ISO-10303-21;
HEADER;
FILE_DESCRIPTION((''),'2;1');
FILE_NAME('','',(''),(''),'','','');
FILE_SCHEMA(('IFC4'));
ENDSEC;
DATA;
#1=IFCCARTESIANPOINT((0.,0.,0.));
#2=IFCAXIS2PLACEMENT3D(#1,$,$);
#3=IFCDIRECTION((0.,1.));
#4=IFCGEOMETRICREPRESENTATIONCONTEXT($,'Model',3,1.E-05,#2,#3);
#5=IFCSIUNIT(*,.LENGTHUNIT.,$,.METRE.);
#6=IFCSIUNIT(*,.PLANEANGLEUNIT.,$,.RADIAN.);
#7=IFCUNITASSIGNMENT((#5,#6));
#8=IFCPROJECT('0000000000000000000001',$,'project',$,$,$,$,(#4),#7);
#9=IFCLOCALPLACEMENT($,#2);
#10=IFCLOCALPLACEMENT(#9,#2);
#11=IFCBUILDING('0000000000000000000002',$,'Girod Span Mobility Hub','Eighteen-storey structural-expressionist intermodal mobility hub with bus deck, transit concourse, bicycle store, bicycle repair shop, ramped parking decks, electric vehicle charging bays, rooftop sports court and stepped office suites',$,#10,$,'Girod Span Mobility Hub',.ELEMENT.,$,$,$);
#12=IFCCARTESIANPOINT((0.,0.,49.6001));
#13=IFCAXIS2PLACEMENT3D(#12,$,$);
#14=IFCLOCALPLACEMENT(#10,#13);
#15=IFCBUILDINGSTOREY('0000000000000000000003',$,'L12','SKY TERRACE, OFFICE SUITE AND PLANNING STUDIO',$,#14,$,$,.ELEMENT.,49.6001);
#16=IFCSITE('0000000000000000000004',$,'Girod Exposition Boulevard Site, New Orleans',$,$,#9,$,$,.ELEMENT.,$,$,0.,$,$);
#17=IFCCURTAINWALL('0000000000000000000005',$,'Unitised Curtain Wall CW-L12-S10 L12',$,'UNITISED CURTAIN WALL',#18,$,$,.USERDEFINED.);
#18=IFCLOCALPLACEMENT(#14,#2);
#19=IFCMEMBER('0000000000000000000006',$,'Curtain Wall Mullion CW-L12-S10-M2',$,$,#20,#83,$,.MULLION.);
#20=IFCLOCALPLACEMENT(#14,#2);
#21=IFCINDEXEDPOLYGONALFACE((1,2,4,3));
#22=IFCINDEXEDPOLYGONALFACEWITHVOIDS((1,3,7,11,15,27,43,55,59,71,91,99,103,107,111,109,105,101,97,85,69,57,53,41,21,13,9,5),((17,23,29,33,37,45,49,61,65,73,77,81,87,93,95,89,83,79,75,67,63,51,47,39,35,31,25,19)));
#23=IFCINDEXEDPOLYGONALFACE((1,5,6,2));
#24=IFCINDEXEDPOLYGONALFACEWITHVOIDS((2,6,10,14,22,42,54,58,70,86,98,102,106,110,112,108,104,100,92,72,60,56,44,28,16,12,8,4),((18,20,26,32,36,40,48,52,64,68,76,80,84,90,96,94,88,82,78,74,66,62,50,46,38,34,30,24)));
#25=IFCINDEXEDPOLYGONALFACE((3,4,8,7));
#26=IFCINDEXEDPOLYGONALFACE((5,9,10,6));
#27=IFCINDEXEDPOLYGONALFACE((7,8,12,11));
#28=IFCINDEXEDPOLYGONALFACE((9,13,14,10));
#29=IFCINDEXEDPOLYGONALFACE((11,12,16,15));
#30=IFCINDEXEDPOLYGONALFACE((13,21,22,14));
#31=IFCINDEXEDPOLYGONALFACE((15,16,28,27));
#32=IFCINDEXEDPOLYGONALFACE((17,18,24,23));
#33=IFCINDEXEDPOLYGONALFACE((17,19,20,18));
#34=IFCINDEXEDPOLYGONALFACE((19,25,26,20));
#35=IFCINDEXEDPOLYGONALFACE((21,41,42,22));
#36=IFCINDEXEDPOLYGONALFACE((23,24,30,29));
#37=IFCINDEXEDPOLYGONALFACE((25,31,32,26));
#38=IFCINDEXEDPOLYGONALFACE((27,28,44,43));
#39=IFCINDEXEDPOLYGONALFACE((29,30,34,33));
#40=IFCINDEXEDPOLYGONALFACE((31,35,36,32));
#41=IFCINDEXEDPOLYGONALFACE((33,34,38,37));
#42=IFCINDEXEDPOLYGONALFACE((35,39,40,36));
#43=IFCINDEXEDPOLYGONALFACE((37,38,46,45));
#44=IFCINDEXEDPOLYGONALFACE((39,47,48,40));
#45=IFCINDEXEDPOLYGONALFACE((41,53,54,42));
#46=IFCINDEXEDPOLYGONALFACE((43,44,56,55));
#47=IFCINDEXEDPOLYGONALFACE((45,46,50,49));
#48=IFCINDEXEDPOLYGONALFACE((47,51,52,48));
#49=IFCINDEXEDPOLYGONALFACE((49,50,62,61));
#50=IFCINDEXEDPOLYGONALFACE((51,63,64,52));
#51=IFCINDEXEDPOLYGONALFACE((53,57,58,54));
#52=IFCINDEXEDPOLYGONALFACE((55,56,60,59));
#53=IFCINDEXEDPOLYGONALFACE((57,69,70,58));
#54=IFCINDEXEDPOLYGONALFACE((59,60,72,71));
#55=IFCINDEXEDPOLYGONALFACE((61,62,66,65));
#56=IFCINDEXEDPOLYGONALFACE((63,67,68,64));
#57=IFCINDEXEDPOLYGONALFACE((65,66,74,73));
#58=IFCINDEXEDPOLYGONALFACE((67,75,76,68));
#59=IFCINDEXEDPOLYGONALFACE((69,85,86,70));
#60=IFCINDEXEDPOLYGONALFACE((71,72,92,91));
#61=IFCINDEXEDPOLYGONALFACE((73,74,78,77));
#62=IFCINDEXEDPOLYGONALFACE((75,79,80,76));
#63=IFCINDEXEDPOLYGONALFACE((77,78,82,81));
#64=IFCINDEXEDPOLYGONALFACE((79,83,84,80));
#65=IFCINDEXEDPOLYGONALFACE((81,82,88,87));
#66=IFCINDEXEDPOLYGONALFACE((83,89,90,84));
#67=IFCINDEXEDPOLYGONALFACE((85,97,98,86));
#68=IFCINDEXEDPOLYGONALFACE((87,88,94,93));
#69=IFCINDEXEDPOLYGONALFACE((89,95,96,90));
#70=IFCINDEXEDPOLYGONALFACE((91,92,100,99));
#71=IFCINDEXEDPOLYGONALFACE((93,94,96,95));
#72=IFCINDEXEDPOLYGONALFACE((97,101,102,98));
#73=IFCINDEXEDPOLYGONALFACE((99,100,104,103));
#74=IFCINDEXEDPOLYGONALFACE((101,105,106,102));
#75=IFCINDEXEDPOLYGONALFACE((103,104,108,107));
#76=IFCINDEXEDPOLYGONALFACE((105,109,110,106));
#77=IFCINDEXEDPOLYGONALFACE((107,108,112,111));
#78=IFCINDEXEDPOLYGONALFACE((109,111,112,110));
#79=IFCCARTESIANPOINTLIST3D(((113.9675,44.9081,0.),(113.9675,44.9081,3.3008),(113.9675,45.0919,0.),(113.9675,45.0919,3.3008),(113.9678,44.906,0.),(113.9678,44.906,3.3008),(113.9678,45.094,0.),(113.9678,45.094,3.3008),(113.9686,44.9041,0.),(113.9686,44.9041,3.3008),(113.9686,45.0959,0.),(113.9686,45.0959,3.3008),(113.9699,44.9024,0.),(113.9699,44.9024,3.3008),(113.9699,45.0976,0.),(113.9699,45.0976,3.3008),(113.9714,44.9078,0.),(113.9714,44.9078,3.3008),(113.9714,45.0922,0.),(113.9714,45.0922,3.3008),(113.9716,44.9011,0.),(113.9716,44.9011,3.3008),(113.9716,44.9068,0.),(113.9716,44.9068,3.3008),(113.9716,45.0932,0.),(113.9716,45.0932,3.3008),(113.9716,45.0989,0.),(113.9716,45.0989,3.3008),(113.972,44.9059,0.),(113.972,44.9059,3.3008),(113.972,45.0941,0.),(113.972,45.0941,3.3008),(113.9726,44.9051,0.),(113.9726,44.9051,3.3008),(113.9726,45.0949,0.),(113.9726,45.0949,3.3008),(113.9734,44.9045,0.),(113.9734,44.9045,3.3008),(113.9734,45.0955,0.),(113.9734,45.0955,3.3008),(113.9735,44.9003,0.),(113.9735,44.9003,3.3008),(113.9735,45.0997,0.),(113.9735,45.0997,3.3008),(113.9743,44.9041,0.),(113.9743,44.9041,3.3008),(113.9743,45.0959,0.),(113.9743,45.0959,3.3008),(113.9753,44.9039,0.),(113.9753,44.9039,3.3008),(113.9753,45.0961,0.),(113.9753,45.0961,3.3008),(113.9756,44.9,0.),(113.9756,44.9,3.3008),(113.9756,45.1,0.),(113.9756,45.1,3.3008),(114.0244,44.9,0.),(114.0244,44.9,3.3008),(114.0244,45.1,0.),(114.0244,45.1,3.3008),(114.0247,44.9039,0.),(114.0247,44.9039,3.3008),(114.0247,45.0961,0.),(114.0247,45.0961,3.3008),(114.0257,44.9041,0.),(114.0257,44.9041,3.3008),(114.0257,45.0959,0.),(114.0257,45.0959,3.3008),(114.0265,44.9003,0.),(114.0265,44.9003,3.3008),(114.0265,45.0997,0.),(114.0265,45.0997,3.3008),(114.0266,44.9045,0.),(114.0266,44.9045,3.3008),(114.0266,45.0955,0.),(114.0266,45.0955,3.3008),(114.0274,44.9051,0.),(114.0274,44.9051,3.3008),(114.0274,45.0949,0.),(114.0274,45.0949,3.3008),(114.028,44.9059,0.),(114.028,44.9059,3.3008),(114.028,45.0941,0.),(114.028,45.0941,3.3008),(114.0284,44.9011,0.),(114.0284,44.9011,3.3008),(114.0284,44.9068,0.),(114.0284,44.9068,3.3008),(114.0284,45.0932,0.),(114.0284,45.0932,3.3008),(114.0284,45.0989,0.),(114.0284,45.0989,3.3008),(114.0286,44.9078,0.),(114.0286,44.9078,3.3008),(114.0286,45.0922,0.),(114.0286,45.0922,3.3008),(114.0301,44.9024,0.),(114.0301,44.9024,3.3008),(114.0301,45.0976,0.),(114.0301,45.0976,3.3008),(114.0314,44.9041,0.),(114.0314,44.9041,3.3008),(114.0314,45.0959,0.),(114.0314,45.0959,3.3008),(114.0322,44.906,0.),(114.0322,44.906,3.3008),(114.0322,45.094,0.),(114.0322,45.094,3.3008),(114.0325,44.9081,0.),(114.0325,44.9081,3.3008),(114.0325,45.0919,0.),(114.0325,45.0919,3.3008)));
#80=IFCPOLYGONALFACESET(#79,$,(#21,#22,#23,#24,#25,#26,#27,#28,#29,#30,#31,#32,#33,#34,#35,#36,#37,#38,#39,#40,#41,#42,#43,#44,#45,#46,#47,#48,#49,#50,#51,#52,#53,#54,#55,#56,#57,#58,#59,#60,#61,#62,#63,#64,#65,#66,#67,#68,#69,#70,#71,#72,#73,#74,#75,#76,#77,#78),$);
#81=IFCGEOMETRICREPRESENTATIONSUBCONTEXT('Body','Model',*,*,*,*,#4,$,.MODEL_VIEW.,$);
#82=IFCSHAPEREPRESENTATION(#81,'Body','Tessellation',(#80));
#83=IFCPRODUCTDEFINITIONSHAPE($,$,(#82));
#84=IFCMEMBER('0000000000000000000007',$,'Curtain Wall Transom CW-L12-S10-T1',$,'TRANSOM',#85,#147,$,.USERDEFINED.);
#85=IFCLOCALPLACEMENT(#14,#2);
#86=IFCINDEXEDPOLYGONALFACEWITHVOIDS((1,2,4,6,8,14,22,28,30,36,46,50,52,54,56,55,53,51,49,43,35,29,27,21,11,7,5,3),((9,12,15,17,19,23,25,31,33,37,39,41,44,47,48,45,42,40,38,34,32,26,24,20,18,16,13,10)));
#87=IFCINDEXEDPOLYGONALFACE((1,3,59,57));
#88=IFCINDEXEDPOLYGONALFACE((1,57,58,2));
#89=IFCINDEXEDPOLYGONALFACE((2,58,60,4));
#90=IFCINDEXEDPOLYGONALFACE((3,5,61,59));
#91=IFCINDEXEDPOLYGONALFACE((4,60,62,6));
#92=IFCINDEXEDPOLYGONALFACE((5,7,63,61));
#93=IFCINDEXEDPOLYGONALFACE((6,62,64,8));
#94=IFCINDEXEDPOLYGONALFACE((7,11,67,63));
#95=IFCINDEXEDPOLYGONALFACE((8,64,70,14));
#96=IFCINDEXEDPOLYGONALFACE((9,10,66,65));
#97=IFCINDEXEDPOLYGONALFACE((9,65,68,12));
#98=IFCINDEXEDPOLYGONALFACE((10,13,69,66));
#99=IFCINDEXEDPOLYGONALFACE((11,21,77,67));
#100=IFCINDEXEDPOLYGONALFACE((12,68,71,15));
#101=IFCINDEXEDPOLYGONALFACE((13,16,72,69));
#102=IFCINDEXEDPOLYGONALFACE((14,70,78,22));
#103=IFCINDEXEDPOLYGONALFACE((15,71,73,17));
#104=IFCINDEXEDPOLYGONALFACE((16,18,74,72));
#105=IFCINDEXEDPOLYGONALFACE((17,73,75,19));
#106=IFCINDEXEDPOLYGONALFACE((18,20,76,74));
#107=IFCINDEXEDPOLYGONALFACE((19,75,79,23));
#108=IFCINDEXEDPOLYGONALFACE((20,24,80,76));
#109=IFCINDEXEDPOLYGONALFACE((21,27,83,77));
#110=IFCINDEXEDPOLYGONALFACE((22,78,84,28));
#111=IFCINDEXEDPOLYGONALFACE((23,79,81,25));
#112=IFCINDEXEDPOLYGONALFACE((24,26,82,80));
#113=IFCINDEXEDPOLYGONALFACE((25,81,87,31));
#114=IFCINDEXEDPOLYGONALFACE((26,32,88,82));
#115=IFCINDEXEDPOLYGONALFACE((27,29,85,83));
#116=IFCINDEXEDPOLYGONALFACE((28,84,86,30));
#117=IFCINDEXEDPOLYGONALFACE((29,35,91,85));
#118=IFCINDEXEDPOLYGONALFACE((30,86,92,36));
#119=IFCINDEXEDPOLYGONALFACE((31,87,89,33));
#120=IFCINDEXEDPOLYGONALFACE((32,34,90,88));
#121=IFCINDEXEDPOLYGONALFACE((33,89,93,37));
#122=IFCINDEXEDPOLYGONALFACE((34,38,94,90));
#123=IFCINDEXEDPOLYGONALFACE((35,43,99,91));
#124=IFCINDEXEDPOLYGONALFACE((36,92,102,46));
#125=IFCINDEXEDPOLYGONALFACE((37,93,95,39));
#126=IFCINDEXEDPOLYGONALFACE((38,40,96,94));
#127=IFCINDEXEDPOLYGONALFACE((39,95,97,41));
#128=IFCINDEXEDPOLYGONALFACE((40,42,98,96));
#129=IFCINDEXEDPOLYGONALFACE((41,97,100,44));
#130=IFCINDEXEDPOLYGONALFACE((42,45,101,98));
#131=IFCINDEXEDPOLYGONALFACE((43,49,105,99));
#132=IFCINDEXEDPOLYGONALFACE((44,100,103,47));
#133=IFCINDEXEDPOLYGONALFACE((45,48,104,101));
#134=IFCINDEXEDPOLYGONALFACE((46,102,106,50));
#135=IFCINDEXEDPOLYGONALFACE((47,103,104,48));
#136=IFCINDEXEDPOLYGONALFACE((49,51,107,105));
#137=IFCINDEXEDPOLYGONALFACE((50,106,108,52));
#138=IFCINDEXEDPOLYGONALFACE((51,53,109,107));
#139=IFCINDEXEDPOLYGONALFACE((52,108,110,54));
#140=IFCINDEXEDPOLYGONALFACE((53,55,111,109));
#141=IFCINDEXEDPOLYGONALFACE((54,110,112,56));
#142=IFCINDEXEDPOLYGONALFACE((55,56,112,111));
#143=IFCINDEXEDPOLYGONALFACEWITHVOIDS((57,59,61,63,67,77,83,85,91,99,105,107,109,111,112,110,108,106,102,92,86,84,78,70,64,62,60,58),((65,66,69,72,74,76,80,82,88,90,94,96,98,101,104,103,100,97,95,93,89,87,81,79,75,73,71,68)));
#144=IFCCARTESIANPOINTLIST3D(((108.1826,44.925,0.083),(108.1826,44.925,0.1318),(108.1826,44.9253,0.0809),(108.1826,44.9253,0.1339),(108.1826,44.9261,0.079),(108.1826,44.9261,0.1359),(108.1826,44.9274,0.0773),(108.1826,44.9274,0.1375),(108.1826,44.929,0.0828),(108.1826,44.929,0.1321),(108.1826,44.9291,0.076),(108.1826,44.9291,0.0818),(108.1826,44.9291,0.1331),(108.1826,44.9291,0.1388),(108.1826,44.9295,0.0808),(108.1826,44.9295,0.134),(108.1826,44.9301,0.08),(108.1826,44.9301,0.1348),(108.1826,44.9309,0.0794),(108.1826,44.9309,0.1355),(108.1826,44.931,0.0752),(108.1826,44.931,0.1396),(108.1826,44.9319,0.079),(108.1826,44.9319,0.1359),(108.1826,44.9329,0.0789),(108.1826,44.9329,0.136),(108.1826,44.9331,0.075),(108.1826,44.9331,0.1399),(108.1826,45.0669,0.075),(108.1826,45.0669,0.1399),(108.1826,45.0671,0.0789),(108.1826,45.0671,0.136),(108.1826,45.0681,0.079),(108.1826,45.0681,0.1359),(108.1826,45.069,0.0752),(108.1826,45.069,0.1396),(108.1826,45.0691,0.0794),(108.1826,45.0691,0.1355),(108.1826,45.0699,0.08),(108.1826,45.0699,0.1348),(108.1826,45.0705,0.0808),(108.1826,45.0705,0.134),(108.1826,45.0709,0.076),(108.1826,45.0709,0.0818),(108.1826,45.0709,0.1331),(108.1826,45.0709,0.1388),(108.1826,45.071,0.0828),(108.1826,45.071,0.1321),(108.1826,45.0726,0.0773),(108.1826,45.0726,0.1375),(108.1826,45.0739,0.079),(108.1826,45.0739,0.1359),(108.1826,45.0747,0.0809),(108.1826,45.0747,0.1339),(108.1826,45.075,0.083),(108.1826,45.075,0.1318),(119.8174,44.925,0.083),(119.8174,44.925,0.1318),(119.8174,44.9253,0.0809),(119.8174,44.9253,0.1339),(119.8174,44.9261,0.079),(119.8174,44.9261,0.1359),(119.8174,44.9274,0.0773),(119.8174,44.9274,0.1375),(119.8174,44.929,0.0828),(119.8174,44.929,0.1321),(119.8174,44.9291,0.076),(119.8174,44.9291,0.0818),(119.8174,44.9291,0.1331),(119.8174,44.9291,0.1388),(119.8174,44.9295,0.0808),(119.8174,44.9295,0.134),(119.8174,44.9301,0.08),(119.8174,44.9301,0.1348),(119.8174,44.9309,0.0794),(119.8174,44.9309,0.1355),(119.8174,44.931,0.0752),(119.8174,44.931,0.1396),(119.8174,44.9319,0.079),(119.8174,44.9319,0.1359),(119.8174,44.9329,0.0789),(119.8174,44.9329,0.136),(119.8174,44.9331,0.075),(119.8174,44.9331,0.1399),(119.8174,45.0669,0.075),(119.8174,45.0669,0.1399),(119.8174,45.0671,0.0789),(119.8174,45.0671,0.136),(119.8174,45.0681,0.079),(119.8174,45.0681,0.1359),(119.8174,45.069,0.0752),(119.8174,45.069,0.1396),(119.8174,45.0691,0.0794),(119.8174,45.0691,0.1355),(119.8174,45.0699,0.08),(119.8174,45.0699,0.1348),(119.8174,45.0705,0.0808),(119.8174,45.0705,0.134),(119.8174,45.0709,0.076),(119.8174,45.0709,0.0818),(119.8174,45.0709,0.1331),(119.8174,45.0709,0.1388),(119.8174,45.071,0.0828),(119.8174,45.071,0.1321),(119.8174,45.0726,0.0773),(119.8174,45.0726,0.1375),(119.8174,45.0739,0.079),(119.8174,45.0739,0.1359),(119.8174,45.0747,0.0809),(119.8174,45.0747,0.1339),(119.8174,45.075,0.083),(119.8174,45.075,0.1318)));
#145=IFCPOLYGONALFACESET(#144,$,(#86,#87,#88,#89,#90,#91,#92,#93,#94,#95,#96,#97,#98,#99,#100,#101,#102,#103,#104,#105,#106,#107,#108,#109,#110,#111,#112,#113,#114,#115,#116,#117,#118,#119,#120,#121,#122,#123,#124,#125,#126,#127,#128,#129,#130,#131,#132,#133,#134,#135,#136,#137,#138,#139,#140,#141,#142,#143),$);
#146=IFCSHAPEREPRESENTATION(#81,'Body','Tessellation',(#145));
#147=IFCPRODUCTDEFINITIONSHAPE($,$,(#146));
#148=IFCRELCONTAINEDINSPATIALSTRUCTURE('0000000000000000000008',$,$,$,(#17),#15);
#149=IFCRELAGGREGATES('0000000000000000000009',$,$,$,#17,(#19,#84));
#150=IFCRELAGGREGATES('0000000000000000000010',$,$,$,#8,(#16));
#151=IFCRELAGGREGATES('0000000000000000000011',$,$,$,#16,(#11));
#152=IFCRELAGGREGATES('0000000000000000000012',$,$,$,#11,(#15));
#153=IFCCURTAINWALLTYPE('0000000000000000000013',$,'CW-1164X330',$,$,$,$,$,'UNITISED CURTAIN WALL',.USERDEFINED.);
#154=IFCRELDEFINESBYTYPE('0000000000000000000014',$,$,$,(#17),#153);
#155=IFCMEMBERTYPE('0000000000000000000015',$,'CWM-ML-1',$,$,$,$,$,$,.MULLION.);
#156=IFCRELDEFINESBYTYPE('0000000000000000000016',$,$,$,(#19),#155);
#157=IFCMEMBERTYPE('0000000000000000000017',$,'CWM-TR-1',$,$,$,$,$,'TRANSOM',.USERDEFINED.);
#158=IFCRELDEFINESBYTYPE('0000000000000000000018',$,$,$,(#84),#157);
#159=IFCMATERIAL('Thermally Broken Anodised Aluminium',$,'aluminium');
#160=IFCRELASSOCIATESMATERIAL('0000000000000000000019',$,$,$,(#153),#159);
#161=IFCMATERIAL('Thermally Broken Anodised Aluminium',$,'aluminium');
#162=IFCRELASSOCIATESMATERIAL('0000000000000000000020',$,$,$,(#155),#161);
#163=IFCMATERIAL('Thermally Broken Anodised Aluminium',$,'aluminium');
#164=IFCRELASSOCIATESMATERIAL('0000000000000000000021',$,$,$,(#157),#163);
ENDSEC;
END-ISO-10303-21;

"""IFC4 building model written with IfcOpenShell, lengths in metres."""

from ifc_helpers import new_model, si_unit, direction, frame, origin, origin_2d, place, context, subcontext, project, spatial, hollow_rectangle, extrude, material, material_profile, profile_set, type_object, element, aggregate, save


model = new_model("IFC4")

# Units and contexts
model_context = context("Model", 3, precision=1e-05, world=origin(), true_north=direction((0.0, 1.0)))
body_context = subcontext(model_context, "Body", "Model", "MODEL_VIEW")
ifc_project = project(units=[si_unit("LENGTHUNIT", "METRE"), si_unit("PLANEANGLEUNIT", "RADIAN")], contexts=[model_context])

# Site, building, storey
site_placement = place(None, origin())
site = spatial("IfcSite", under=ifc_project, at=site_placement, Name="Girod Exposition Boulevard Site, New Orleans", CompositionType="ELEMENT", RefElevation=0.0)
building_placement = place(site_placement, origin())
building = spatial("IfcBuilding", under=site, at=building_placement, Name="Girod Span Mobility Hub", Description="Eighteen-storey structural-expressionist intermodal mobility hub with bus deck, transit concourse, bicycle store, bicycle repair shop, ramped parking decks, electric vehicle charging bays, rooftop sports court and stepped office suites", LongName="Girod Span Mobility Hub", CompositionType="ELEMENT")
storey_placement = place(building_placement, frame((0.0, 0.0, 49.6001)))
storey = spatial("IfcBuildingStorey", under=building, at=storey_placement, Name="L12", Description="SKY TERRACE, OFFICE SUITE AND PLANNING STUDIO", CompositionType="ELEMENT", Elevation=49.6001)

# Curtain wall, members
ifc_material_1 = material(Name="Thermally Broken Anodised Aluminium", Category="aluminium")
curtain_wall_type = type_object("IfcCurtainWallType", Name="CW-1164X330", ElementType="UNITISED CURTAIN WALL", PredefinedType="USERDEFINED", material=ifc_material_1)
curtain_wall_placement = place(storey_placement, origin())
curtain_wall = element("IfcCurtainWall", 1, at=curtain_wall_placement, inside=storey, type_object=curtain_wall_type, Name="Unitised Curtain Wall CW-L12-S10 L12", ObjectType="UNITISED CURTAIN WALL", PredefinedType="USERDEFINED")
ifc_material_2 = material(Name="Thermally Broken Anodised Aluminium", Category="aluminium")
ifc_material_profile_1 = material_profile(ifc_material_2, hollow_rectangle(XDim=0.2, YDim=0.0649, WallThickness=0.0039, InnerFilletRadius=0.0039, OuterFilletRadius=0.0081, at=origin_2d()), Name="CW-ML-65X200")
ifc_profile_set_1 = profile_set([ifc_material_profile_1], Name="Thermally Broken Anodised Aluminium")
member_type_1 = type_object("IfcMemberType", Name="CWM-ML-1", PredefinedType="MULLION", material=ifc_profile_set_1)
member_1_placement = place(storey_placement, frame((114.0, 45.0, 0.0), z_axis=(0.0, 0.0, 1.0), x_axis=(0.0, 1.0, 0.0)))
member_1 = element("IfcMember", 2, at=member_1_placement, type_object=member_type_1, Name="Curtain Wall Mullion CW-L12-S10-M2", PredefinedType="MULLION", context=body_context, shape_type="SweptSolid", body=[
    extrude(hollow_rectangle(XDim=0.2, YDim=0.0649, WallThickness=0.0039, InnerFilletRadius=0.0039, OuterFilletRadius=0.0081, at=origin_2d()), origin(), (0.0, 0.0, 1.0), 3.3008),
])
ifc_material_3 = material(Name="Thermally Broken Anodised Aluminium", Category="aluminium")
ifc_material_profile_2 = material_profile(ifc_material_3, hollow_rectangle(XDim=0.1499, YDim=0.0649, WallThickness=0.0039, InnerFilletRadius=0.0039, OuterFilletRadius=0.0081, at=origin_2d()), Name="CW-TR-65X150")
ifc_profile_set_2 = profile_set([ifc_material_profile_2], Name="Thermally Broken Anodised Aluminium")
member_type_2 = type_object("IfcMemberType", Name="CWM-TR-1", ElementType="TRANSOM", PredefinedType="USERDEFINED", material=ifc_profile_set_2)
member_2_placement = place(storey_placement, frame((108.1826, 45.0, 0.1074), z_axis=(1.0, 0.0, 0.0), x_axis=(0.0, 1.0, 0.0)))
member_2 = element("IfcMember", 3, at=member_2_placement, type_object=member_type_2, Name="Curtain Wall Transom CW-L12-S10-T1", ObjectType="TRANSOM", PredefinedType="USERDEFINED", context=body_context, shape_type="SweptSolid", body=[
    extrude(hollow_rectangle(XDim=0.1499, YDim=0.0649, WallThickness=0.0039, InnerFilletRadius=0.0039, OuterFilletRadius=0.0081, at=origin_2d()), origin(), (0.0, 0.0, 1.0), 11.6348),
])

aggregate(curtain_wall, [member_1, member_2])

save(model, "model.ifc")
